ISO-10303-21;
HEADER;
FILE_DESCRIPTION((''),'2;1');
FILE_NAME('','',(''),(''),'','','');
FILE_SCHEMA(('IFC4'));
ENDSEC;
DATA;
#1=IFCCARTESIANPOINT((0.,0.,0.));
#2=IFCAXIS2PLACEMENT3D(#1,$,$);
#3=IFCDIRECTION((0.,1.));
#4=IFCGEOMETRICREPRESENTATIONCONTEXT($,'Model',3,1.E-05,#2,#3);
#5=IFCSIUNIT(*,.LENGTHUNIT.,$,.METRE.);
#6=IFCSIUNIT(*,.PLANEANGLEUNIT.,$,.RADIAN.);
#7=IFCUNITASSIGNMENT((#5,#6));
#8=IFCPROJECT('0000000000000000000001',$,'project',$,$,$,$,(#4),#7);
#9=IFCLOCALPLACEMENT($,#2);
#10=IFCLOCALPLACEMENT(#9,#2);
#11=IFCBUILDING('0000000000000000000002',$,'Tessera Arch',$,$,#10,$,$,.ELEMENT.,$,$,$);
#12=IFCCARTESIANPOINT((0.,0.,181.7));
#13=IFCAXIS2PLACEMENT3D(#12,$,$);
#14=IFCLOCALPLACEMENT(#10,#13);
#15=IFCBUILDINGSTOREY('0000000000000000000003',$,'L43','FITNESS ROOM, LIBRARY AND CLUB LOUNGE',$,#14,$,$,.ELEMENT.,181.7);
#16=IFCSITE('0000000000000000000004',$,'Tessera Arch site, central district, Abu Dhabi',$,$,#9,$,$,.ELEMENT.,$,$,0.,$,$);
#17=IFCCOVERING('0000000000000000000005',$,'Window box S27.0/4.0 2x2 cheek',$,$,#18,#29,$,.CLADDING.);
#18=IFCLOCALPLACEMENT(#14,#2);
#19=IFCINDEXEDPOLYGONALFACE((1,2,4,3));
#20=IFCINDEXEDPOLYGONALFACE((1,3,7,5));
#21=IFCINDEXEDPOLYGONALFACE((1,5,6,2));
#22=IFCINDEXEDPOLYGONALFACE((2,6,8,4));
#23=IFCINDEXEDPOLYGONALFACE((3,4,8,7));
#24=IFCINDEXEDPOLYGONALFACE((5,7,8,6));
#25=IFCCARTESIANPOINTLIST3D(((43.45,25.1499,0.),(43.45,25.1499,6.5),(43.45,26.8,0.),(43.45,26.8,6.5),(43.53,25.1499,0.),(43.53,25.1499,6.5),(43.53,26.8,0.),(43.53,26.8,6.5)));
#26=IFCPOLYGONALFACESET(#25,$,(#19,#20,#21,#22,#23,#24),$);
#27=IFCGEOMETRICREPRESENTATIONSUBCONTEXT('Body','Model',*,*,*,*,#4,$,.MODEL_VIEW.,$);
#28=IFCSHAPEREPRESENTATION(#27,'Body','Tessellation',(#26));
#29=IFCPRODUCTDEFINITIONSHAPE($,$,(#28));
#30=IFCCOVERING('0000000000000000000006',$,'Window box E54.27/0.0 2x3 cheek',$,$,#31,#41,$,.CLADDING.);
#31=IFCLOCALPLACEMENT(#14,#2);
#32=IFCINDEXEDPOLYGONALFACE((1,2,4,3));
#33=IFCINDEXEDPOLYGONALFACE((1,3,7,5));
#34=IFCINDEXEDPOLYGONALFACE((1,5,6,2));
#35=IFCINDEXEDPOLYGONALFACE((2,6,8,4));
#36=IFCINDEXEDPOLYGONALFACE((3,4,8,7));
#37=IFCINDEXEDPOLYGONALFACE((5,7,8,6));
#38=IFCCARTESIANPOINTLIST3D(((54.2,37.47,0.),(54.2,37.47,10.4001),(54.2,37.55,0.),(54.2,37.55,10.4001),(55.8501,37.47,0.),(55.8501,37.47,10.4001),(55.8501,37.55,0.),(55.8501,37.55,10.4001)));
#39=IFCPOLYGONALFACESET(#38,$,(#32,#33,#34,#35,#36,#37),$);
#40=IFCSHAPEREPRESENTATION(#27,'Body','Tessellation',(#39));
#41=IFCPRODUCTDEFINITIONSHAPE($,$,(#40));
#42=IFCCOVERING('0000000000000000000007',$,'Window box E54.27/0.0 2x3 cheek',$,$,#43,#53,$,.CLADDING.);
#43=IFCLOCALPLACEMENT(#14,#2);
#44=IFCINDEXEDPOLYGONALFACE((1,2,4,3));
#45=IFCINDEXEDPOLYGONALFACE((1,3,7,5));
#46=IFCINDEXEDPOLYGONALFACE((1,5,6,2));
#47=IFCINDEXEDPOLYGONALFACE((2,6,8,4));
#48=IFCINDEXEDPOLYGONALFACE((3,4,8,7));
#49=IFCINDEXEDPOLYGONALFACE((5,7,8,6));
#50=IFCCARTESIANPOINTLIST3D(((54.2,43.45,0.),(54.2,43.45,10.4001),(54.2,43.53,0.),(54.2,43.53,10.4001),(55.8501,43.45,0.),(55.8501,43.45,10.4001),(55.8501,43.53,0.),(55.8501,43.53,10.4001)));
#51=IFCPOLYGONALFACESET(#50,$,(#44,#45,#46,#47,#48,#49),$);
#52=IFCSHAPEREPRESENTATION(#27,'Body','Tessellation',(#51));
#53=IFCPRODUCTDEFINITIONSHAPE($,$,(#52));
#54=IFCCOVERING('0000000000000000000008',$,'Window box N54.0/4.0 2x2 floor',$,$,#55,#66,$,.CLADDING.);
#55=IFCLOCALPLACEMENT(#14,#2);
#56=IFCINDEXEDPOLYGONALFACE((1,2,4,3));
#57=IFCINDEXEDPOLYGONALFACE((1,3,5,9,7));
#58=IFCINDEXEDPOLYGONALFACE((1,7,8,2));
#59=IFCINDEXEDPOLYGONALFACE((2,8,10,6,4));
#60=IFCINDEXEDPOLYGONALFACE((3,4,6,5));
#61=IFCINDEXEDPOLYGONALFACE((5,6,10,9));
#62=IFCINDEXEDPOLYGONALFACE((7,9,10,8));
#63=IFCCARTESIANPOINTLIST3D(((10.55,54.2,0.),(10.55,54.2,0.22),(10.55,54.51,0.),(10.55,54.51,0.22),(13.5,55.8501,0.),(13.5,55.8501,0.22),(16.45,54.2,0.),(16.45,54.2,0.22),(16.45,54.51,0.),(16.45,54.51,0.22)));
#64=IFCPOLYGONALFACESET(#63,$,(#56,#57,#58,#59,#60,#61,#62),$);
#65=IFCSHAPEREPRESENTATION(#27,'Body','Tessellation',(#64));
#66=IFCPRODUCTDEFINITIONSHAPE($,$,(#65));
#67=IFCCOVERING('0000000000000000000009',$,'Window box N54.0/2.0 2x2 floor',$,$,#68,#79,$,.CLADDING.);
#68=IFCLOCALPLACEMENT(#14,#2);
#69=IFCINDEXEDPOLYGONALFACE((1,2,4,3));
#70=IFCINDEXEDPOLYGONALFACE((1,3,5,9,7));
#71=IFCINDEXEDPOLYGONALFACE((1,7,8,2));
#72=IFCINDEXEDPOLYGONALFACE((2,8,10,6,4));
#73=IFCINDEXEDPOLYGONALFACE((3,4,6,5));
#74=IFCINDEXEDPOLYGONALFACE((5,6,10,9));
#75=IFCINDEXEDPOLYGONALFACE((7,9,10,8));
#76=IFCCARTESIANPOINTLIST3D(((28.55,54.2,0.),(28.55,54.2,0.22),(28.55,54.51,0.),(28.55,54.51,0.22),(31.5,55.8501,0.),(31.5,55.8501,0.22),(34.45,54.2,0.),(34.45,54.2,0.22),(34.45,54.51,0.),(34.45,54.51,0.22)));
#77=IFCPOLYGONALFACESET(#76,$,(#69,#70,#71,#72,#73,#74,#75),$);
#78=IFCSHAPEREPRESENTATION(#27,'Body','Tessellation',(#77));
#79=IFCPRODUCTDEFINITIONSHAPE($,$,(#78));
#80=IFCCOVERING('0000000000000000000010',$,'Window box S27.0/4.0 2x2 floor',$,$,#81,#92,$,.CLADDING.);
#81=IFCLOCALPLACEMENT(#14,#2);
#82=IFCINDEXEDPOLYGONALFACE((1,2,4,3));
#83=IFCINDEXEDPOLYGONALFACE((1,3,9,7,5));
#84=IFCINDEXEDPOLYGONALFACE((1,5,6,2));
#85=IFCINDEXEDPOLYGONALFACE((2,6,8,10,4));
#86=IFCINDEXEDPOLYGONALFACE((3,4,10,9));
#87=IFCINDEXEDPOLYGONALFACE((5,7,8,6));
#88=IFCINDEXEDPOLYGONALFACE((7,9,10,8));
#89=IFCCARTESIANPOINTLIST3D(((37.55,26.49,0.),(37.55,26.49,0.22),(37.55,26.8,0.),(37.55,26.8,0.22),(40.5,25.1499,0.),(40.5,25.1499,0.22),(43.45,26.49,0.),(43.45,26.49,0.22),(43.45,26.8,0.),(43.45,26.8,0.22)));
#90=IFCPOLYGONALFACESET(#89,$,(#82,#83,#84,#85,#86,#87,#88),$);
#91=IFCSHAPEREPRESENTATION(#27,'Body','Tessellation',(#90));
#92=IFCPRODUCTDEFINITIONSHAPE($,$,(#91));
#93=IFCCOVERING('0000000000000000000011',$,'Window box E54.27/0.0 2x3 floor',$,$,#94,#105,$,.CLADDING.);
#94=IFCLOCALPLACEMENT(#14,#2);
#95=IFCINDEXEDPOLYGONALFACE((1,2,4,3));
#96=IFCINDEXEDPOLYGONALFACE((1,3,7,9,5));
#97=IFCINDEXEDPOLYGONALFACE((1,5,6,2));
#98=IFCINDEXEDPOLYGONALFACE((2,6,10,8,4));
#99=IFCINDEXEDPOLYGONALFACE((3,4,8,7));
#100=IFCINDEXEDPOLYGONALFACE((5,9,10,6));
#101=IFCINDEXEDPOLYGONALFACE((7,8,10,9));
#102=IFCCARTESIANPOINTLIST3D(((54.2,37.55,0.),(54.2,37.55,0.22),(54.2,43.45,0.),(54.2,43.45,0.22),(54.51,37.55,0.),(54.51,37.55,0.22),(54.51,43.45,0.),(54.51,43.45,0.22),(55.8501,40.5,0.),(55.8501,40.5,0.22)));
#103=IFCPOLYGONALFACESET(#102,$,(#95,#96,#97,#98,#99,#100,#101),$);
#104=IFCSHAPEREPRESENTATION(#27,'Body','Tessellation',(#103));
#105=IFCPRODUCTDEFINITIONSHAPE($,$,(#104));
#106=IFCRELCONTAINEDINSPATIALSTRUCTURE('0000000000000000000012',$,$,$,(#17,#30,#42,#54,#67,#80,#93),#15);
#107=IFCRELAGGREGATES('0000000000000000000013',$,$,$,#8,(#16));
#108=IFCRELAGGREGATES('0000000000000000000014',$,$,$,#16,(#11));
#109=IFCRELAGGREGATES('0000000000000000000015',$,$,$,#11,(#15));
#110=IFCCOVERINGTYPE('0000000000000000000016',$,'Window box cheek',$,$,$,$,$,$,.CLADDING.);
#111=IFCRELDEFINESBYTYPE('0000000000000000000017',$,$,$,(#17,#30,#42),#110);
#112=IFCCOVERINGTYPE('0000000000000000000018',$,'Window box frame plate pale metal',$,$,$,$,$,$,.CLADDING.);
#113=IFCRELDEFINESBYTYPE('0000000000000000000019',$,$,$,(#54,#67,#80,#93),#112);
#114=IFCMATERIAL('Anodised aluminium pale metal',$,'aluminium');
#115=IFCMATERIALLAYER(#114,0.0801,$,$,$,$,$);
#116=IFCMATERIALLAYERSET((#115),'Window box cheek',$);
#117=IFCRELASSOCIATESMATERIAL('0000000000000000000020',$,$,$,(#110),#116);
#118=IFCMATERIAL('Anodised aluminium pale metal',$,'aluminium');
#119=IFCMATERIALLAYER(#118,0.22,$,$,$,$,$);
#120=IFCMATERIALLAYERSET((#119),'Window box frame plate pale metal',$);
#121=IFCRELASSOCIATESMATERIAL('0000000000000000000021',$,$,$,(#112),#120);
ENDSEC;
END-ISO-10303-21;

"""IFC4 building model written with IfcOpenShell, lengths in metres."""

from ifc_helpers import new_model, si_unit, direction, frame, origin, place, context, subcontext, project, spatial, polyline, outline, extrude, material, layer, layer_set, type_object, element, save


model = new_model("IFC4")

# Units and contexts
model_context = context("Model", 3, precision=1e-05, world=origin(), true_north=direction((0.0, 1.0)))
body_context = subcontext(model_context, "Body", "Model", "MODEL_VIEW")
ifc_project = project(units=[si_unit("LENGTHUNIT", "METRE"), si_unit("PLANEANGLEUNIT", "RADIAN")], contexts=[model_context])

# Site, building, storey
site_placement = place(None, origin())
site = spatial("IfcSite", under=ifc_project, at=site_placement, Name="Tessera Arch site, central district, Abu Dhabi", CompositionType="ELEMENT", RefElevation=0.0)
building_placement = place(site_placement, origin())
building = spatial("IfcBuilding", under=site, at=building_placement, Name="Tessera Arch", CompositionType="ELEMENT")
storey_placement = place(building_placement, frame((0.0, 0.0, 181.7)))
storey = spatial("IfcBuildingStorey", under=building, at=storey_placement, Name="L43", Description="FITNESS ROOM, LIBRARY AND CLUB LOUNGE", CompositionType="ELEMENT", Elevation=181.7)

# Coverings
ifc_material_1 = material(Name="Anodised aluminium pale metal", Category="aluminium")
ifc_layer_1 = layer(ifc_material_1, 0.0801)
ifc_layer_set_1 = layer_set([ifc_layer_1], Name="Window box cheek")
covering_type_1 = type_object("IfcCoveringType", Name="Window box cheek", PredefinedType="CLADDING", material=ifc_layer_set_1)
covering_1_placement = place(storey_placement, origin())
element("IfcCovering", 1, at=covering_1_placement, inside=storey, type_object=covering_type_1, Name="Window box S27.0/4.0 2x2 cheek", PredefinedType="CLADDING", context=body_context, shape_type="SweptSolid", body=[
    extrude(outline(polyline([(43.45, 25.1499), (43.53, 25.1499), (43.53, 26.8), (43.45, 26.8), (43.45, 25.1499)])), origin(), (0.0, 0.0, 1.0), 6.5),
])
covering_2_placement = place(storey_placement, origin())
element("IfcCovering", 2, at=covering_2_placement, inside=storey, type_object=covering_type_1, Name="Window box E54.27/0.0 2x3 cheek", PredefinedType="CLADDING", context=body_context, shape_type="SweptSolid", body=[
    extrude(outline(polyline([(55.8501, 37.47), (55.8501, 37.55), (54.2, 37.55), (54.2, 37.47), (55.8501, 37.47)])), origin(), (0.0, 0.0, 1.0), 10.4001),
])
covering_3_placement = place(storey_placement, origin())
element("IfcCovering", 3, at=covering_3_placement, inside=storey, type_object=covering_type_1, Name="Window box E54.27/0.0 2x3 cheek", PredefinedType="CLADDING", context=body_context, shape_type="SweptSolid", body=[
    extrude(outline(polyline([(55.8501, 43.45), (55.8501, 43.53), (54.2, 43.53), (54.2, 43.45), (55.8501, 43.45)])), origin(), (0.0, 0.0, 1.0), 10.4001),
])
ifc_material_2 = material(Name="Anodised aluminium pale metal", Category="aluminium")
ifc_layer_2 = layer(ifc_material_2, 0.22)
ifc_layer_set_2 = layer_set([ifc_layer_2], Name="Window box frame plate pale metal")
covering_type_2 = type_object("IfcCoveringType", Name="Window box frame plate pale metal", PredefinedType="CLADDING", material=ifc_layer_set_2)
covering_4_placement = place(storey_placement, origin())
element("IfcCovering", 4, at=covering_4_placement, inside=storey, type_object=covering_type_2, Name="Window box N54.0/4.0 2x2 floor", PredefinedType="CLADDING", context=body_context, shape_type="SweptSolid", body=[
    extrude(outline(polyline([(16.45, 54.51), (13.5, 55.8501), (10.55, 54.51), (10.55, 54.2), (16.45, 54.2), (16.45, 54.51)])), origin(), (0.0, 0.0, 1.0), 0.22),
])
covering_5_placement = place(storey_placement, origin())
element("IfcCovering", 5, at=covering_5_placement, inside=storey, type_object=covering_type_2, Name="Window box N54.0/2.0 2x2 floor", PredefinedType="CLADDING", context=body_context, shape_type="SweptSolid", body=[
    extrude(outline(polyline([(34.45, 54.51), (31.5, 55.8501), (28.55, 54.51), (28.55, 54.2), (34.45, 54.2), (34.45, 54.51)])), origin(), (0.0, 0.0, 1.0), 0.22),
])
covering_6_placement = place(storey_placement, origin())
element("IfcCovering", 6, at=covering_6_placement, inside=storey, type_object=covering_type_2, Name="Window box S27.0/4.0 2x2 floor", PredefinedType="CLADDING", context=body_context, shape_type="SweptSolid", body=[
    extrude(outline(polyline([(37.55, 26.49), (40.5, 25.1499), (43.45, 26.49), (43.45, 26.8), (37.55, 26.8), (37.55, 26.49)])), origin(), (0.0, 0.0, 1.0), 0.22),
])
covering_7_placement = place(storey_placement, origin())
element("IfcCovering", 7, at=covering_7_placement, inside=storey, type_object=covering_type_2, Name="Window box E54.27/0.0 2x3 floor", PredefinedType="CLADDING", context=body_context, shape_type="SweptSolid", body=[
    extrude(outline(polyline([(54.51, 37.55), (55.8501, 40.5), (54.51, 43.45), (54.2, 43.45), (54.2, 37.55), (54.51, 37.55)])), origin(), (0.0, 0.0, 1.0), 0.22),
])

save(model, "model.ifc")
